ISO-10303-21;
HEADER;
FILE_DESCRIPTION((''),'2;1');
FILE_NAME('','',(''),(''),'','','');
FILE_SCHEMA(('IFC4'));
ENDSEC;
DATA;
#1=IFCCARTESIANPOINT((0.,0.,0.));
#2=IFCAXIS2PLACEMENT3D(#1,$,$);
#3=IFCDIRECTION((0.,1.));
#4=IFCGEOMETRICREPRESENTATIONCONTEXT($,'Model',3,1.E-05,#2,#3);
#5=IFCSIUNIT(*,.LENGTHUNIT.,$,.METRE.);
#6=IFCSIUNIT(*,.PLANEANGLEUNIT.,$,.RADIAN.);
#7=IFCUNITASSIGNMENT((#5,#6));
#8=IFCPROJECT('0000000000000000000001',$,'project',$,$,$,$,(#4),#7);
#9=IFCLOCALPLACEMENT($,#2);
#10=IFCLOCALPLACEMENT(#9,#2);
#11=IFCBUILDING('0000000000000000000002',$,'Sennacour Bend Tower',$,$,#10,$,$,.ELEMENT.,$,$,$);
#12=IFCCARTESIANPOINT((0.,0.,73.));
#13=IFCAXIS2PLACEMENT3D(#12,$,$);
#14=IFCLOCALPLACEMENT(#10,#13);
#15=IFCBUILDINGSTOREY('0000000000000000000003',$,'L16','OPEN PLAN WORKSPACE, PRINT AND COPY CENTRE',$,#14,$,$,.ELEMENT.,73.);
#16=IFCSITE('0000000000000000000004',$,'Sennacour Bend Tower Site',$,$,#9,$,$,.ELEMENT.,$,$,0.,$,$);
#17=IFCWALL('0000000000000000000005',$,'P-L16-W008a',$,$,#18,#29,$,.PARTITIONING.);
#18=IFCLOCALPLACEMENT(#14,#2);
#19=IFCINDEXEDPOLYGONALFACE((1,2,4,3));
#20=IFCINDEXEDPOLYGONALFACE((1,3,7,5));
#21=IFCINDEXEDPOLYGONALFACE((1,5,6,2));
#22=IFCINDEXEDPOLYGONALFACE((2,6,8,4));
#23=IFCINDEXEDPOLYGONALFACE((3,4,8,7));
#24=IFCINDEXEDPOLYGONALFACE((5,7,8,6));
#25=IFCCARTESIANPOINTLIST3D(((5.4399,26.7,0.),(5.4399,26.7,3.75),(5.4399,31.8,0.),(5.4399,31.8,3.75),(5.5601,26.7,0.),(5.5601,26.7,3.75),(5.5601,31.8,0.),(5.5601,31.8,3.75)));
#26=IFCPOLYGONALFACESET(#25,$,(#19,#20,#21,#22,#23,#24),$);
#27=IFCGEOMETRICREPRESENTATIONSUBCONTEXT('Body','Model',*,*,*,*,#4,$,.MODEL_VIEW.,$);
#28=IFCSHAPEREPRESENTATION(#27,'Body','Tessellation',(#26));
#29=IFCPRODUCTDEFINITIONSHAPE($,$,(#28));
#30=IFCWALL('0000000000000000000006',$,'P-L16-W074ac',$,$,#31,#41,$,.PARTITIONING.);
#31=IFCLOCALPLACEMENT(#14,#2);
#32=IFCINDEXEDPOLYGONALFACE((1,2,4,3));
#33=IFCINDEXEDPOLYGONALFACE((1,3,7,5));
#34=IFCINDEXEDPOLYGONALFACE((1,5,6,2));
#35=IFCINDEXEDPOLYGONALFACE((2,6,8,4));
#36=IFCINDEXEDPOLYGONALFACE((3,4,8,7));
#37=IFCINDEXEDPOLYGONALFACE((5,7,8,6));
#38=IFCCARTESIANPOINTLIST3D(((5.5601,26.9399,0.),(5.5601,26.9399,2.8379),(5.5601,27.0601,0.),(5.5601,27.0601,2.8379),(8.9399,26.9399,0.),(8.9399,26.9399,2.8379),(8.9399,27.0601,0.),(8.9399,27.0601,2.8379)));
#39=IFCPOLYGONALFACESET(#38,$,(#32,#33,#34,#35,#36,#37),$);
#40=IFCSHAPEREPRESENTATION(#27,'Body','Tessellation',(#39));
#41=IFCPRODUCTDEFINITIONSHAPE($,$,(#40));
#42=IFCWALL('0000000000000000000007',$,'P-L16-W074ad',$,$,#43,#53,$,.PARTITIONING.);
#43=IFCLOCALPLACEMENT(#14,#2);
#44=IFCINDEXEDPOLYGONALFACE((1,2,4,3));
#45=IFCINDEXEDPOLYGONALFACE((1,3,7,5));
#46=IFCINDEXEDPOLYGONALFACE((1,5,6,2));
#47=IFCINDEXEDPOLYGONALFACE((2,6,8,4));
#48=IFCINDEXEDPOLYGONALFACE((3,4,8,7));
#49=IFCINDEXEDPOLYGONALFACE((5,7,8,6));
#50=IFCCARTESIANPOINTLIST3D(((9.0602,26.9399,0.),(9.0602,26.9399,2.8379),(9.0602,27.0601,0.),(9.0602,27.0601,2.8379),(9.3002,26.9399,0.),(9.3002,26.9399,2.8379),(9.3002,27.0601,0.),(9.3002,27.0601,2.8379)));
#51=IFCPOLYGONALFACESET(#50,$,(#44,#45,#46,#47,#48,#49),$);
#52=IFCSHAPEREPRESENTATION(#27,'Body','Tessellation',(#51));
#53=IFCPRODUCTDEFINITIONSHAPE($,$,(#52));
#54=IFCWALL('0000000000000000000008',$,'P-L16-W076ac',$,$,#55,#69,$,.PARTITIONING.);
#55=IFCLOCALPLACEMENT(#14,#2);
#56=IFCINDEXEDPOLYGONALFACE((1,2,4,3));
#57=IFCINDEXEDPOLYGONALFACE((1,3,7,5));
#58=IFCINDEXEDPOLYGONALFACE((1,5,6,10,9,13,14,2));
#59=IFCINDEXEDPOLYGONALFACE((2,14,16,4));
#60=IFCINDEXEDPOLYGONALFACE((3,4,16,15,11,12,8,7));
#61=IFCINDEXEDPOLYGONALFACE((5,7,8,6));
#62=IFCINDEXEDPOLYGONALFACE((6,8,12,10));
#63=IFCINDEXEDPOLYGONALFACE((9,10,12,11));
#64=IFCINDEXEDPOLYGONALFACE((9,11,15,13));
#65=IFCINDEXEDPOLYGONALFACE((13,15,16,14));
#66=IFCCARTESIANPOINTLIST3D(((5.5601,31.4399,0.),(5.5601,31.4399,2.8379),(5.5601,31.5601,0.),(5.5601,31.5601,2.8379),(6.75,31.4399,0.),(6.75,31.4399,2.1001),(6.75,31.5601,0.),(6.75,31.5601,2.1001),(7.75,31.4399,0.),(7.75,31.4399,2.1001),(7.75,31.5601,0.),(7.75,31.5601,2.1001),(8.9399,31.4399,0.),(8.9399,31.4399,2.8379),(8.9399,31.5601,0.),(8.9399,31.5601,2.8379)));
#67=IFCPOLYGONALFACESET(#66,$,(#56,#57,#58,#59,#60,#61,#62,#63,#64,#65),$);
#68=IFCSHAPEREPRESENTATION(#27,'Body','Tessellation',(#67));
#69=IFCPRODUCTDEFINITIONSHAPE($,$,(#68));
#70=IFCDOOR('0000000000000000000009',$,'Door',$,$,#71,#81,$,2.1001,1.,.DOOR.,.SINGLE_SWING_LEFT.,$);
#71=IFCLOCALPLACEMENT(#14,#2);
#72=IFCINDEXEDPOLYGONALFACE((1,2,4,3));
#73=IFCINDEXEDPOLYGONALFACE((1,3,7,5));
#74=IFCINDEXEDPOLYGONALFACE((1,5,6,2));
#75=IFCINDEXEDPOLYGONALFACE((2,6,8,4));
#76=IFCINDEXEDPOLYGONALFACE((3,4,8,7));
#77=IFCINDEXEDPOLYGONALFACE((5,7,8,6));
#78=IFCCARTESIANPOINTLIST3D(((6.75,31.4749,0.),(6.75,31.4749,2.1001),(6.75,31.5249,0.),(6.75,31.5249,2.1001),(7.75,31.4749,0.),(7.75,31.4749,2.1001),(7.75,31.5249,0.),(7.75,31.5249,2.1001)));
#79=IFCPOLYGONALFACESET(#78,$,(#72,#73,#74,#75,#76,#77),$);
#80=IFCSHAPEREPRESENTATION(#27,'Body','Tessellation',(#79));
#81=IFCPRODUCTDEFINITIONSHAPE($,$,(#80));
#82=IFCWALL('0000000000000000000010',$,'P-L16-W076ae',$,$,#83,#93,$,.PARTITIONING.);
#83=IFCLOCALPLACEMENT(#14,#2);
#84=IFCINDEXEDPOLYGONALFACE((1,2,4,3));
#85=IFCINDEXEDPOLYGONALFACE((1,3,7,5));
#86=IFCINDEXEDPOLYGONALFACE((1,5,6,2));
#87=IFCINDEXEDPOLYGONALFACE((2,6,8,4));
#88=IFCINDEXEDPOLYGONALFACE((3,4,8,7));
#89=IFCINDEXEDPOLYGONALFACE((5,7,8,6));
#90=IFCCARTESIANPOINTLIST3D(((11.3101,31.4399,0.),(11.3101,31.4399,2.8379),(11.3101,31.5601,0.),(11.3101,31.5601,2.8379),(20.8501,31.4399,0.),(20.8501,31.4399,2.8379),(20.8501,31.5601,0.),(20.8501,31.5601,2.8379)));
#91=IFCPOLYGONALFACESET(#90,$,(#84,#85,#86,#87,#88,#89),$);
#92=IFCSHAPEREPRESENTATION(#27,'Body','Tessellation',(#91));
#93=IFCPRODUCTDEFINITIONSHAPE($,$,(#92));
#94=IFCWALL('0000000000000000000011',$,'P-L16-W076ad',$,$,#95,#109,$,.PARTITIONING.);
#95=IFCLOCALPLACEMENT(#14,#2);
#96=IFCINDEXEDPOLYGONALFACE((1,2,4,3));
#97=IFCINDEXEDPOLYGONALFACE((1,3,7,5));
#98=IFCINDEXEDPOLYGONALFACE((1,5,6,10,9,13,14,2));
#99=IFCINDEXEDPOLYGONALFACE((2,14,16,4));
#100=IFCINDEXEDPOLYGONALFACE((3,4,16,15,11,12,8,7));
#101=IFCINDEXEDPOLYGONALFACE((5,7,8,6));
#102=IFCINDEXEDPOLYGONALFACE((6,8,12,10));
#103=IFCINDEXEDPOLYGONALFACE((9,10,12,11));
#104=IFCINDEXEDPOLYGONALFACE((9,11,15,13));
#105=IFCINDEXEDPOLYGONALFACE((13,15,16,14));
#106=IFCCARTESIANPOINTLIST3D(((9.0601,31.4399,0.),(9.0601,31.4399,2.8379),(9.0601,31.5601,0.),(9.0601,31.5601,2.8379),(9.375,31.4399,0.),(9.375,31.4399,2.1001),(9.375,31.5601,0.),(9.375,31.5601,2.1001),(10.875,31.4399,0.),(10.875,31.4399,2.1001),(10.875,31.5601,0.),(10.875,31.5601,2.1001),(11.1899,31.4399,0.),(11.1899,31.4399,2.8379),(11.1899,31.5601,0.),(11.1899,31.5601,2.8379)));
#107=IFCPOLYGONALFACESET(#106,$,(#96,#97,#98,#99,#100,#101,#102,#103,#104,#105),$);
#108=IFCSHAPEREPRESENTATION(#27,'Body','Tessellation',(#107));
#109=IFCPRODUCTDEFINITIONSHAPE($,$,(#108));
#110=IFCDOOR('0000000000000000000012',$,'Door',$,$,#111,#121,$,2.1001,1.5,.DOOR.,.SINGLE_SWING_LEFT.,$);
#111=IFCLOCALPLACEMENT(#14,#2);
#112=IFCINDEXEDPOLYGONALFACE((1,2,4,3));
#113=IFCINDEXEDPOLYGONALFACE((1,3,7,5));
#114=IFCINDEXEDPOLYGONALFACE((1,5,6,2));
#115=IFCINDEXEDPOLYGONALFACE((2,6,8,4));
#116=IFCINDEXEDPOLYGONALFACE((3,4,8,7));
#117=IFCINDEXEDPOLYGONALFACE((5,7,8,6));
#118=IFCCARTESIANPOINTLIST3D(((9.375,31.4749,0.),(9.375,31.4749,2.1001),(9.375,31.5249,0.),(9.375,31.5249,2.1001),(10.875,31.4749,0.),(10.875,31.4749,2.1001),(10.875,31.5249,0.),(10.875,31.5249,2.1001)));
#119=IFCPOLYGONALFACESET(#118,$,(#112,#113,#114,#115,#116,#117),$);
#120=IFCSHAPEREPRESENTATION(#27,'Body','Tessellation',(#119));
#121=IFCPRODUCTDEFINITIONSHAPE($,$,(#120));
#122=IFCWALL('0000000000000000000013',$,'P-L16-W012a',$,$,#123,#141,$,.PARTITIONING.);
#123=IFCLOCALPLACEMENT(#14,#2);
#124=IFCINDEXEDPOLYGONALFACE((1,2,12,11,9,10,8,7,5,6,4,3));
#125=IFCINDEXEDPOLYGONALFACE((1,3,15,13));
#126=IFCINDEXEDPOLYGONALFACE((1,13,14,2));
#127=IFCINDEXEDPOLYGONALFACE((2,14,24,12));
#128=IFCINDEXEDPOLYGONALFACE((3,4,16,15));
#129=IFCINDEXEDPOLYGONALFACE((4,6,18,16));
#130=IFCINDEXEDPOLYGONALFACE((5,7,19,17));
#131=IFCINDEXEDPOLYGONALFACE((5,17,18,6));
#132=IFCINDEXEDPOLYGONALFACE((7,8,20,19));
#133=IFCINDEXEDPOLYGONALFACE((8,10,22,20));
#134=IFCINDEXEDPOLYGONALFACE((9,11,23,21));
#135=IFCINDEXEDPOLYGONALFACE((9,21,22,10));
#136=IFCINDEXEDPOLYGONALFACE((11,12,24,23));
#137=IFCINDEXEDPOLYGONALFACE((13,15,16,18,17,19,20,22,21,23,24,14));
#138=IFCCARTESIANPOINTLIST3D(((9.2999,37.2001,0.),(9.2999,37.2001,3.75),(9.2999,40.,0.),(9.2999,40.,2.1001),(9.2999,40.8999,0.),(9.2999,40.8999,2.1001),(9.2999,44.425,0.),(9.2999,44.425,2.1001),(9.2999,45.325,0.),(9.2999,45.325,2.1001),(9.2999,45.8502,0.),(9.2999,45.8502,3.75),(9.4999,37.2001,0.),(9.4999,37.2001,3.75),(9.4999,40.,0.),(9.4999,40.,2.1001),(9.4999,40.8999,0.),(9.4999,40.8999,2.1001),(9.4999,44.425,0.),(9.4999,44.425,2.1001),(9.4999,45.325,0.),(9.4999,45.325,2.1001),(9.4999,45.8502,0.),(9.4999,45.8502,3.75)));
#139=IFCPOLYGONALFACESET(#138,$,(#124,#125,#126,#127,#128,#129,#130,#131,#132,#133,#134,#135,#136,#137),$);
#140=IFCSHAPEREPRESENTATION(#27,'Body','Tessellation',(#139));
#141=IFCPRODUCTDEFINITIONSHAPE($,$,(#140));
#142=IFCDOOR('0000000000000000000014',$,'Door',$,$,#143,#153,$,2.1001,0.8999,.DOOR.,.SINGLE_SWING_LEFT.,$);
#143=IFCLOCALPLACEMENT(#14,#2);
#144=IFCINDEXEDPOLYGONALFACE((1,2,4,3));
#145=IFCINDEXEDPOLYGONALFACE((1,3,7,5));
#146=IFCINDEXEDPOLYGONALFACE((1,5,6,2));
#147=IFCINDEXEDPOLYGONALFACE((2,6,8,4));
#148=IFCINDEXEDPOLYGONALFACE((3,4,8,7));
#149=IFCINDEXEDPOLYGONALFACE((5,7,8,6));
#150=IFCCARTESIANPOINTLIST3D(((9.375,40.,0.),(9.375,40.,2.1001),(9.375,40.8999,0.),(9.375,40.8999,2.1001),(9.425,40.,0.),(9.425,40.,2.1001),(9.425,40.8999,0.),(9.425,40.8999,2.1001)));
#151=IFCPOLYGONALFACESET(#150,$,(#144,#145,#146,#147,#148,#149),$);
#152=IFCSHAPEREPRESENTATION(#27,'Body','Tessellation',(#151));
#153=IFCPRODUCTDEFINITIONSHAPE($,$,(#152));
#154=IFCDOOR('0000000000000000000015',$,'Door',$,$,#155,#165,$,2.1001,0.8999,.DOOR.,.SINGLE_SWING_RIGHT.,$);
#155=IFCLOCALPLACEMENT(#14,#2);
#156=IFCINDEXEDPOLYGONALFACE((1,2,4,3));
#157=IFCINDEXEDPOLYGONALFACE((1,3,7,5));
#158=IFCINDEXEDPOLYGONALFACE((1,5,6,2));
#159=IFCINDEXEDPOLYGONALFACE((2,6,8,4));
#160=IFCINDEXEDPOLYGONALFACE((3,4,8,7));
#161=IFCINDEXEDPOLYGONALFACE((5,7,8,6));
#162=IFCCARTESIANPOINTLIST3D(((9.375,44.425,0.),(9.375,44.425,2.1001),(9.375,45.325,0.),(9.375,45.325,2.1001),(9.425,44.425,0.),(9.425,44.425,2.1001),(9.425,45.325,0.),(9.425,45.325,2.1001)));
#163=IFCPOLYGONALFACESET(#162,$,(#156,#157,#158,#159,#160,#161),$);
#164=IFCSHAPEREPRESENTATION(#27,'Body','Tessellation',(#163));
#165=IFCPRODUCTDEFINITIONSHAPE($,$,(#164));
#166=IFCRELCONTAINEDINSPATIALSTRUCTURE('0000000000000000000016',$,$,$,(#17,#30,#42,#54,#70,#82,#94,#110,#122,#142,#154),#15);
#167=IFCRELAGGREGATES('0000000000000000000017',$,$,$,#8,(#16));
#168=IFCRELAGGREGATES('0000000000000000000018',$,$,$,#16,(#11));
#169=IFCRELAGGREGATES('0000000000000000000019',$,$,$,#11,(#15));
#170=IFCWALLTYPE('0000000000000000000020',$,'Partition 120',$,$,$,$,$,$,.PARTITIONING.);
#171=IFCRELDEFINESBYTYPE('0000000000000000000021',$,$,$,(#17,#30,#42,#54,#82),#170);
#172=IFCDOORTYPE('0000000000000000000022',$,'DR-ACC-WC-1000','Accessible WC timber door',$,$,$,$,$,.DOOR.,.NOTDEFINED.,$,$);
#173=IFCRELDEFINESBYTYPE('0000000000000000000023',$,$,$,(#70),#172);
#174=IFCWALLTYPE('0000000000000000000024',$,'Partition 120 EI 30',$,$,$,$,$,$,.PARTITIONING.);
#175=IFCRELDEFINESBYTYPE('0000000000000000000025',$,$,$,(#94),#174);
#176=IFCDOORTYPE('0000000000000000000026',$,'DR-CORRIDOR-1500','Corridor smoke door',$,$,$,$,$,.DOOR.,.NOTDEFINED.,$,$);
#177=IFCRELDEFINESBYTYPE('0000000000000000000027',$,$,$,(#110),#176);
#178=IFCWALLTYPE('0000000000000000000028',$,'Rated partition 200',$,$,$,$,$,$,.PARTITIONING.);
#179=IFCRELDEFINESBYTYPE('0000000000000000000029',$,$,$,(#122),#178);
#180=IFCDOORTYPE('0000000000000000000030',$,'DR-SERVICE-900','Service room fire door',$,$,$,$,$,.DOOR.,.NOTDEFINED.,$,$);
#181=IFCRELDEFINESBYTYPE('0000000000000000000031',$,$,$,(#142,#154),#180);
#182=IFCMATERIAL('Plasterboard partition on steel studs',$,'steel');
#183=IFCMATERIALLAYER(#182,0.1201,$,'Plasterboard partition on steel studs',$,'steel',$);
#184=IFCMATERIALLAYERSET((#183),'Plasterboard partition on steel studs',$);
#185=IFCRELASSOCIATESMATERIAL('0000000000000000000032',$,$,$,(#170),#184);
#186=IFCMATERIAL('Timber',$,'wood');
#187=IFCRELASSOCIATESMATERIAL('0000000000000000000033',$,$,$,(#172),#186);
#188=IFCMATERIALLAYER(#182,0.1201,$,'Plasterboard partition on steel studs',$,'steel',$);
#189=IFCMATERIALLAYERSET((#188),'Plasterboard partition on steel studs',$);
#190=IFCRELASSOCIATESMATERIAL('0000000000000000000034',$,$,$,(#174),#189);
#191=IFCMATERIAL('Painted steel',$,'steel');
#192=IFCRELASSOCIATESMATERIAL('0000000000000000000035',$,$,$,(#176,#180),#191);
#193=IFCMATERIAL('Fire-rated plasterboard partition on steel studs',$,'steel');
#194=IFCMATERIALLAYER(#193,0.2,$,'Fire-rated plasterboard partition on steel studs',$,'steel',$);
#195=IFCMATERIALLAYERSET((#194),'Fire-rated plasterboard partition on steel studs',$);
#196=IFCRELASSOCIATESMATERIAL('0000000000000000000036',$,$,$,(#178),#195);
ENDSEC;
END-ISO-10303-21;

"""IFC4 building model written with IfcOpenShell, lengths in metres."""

from ifc_helpers import new_model, si_unit, direction, frame, frame_2d, origin, place, context, subcontext, project, spatial, rectangle, extrude, material, layer, layer_set, type_object, element, fill, save


model = new_model("IFC4")

# Units and contexts
model_context = context("Model", 3, precision=1e-05, world=origin(), true_north=direction((0.0, 1.0)))
body_context = subcontext(model_context, "Body", "Model", "MODEL_VIEW")
ifc_project = project(units=[si_unit("LENGTHUNIT", "METRE"), si_unit("PLANEANGLEUNIT", "RADIAN")], contexts=[model_context])

# Site, building, storey
site_placement = place(None, origin())
site = spatial("IfcSite", under=ifc_project, at=site_placement, Name="Sennacour Bend Tower Site", CompositionType="ELEMENT", RefElevation=0.0)
building_placement = place(site_placement, origin())
building = spatial("IfcBuilding", under=site, at=building_placement, Name="Sennacour Bend Tower", CompositionType="ELEMENT")
storey_placement = place(building_placement, frame((0.0, 0.0, 73.0)))
storey = spatial("IfcBuildingStorey", under=building, at=storey_placement, Name="L16", Description="OPEN PLAN WORKSPACE, PRINT AND COPY CENTRE", CompositionType="ELEMENT", Elevation=73.0)

# Walls
ifc_material_1 = material(Name="Plasterboard partition on steel studs", Category="steel")
ifc_layer_1 = layer(ifc_material_1, 0.1201, Name="Plasterboard partition on steel studs", Category="steel")
ifc_layer_set_1 = layer_set([ifc_layer_1], Name="Plasterboard partition on steel studs")
wall_type_1 = type_object("IfcWallType", Name="Partition 120", PredefinedType="PARTITIONING", material=ifc_layer_set_1)
wall_1_placement = place(storey_placement, frame((5.5, 26.7, 0.0), z_axis=(0.0, 0.0, 1.0), x_axis=(0.0, 1.0, 0.0)))
element("IfcWall", 1, at=wall_1_placement, inside=storey, type_object=wall_type_1, Name="P-L16-W008a", PredefinedType="PARTITIONING", context=body_context, shape_type="SweptSolid", body=[
    extrude(rectangle(XDim=5.1001, YDim=0.1201, at=frame_2d((2.55, 0.0))), origin(), (0.0, 0.0, 1.0), 3.75),
])
wall_2_placement = place(storey_placement, frame((5.5601, 27.0, 0.0), z_axis=(0.0, 0.0, 1.0), x_axis=(1.0, 0.0, 0.0)))
element("IfcWall", 2, at=wall_2_placement, inside=storey, type_object=wall_type_1, Name="P-L16-W074ac", PredefinedType="PARTITIONING", context=body_context, shape_type="SweptSolid", body=[
    extrude(rectangle(XDim=3.3799, YDim=0.1201, at=frame_2d((1.6899, 0.0))), origin(), (0.0, 0.0, 1.0), 2.8379),
])
wall_3_placement = place(storey_placement, frame((9.0601, 27.0, 0.0), z_axis=(0.0, 0.0, 1.0), x_axis=(1.0, 0.0, 0.0)))
element("IfcWall", 3, at=wall_3_placement, inside=storey, type_object=wall_type_1, Name="P-L16-W074ad", PredefinedType="PARTITIONING", context=body_context, shape_type="SweptSolid", body=[
    extrude(rectangle(XDim=0.24, YDim=0.1201, at=frame_2d((0.1201, 0.0))), origin(), (0.0, 0.0, 1.0), 2.8379),
])

# Wall, opening, door
wall_4_placement = place(storey_placement, frame((5.5601, 31.5, 0.0), z_axis=(0.0, 0.0, 1.0), x_axis=(1.0, 0.0, 0.0)))
wall_4 = element("IfcWall", 4, at=wall_4_placement, inside=storey, type_object=wall_type_1, Name="P-L16-W076ac", PredefinedType="PARTITIONING", context=body_context, shape_type="SweptSolid", body=[
    extrude(rectangle(XDim=3.3799, YDim=0.1201, at=frame_2d((1.6899, 0.0))), origin(), (0.0, 0.0, 1.0), 2.8379),
])
opening_1_placement = place(wall_4_placement, frame((1.1899, 0.0, 0.0)))
opening_1 = element("IfcOpeningElement", 5, at=opening_1_placement, cuts=wall_4, PredefinedType="OPENING", context=body_context, shape_type="SweptSolid", body=[
    extrude(rectangle(XDim=1.0, YDim=2.1001, at=frame_2d((0.5, 1.05))), frame((0.0, 0.0701, 0.0), z_axis=(0.0, -1.0, 0.0), x_axis=(1.0, 0.0, 0.0)), (0.0, 0.0, 1.0), 0.1401),
])
ifc_material_2 = material(Name="Timber", Category="wood")
door_type_1 = type_object("IfcDoorType", Name="DR-ACC-WC-1000", Description="Accessible WC timber door", OperationType="NOTDEFINED", PredefinedType="DOOR", material=ifc_material_2)
door_1_placement = place(opening_1_placement, origin())
door_1 = element("IfcDoor", 6, at=door_1_placement, inside=storey, type_object=door_type_1, Name="Door", OperationType="SINGLE_SWING_LEFT", OverallHeight=2.1001, OverallWidth=1.0, PredefinedType="DOOR", context=body_context, shape_type="SweptSolid", body=[
    extrude(rectangle(XDim=1.0, YDim=2.1001, at=frame_2d((0.5, 1.05))), frame((0.0, 0.0249, 0.0), z_axis=(0.0, -1.0, 0.0), x_axis=(1.0, 0.0, 0.0)), (0.0, 0.0, 1.0), 0.05),
])
fill(opening_1, door_1)

# Wall
wall_5_placement = place(storey_placement, frame((11.3101, 31.5, 0.0), z_axis=(0.0, 0.0, 1.0), x_axis=(1.0, 0.0, 0.0)))
element("IfcWall", 7, at=wall_5_placement, inside=storey, type_object=wall_type_1, Name="P-L16-W076ae", PredefinedType="PARTITIONING", context=body_context, shape_type="SweptSolid", body=[
    extrude(rectangle(XDim=9.54, YDim=0.1201, at=frame_2d((4.77, 0.0))), origin(), (0.0, 0.0, 1.0), 2.8379),
])

# Wall, opening, door
ifc_layer_2 = layer(ifc_material_1, 0.1201, Name="Plasterboard partition on steel studs", Category="steel")
ifc_layer_set_2 = layer_set([ifc_layer_2], Name="Plasterboard partition on steel studs")
wall_type_2 = type_object("IfcWallType", Name="Partition 120 EI 30", PredefinedType="PARTITIONING", material=ifc_layer_set_2)
wall_6_placement = place(storey_placement, frame((9.0601, 31.5, 0.0), z_axis=(0.0, 0.0, 1.0), x_axis=(1.0, 0.0, 0.0)))
wall_6 = element("IfcWall", 8, at=wall_6_placement, inside=storey, type_object=wall_type_2, Name="P-L16-W076ad", PredefinedType="PARTITIONING", context=body_context, shape_type="SweptSolid", body=[
    extrude(rectangle(XDim=2.1299, YDim=0.1201, at=frame_2d((1.0649, 0.0))), origin(), (0.0, 0.0, 1.0), 2.8379),
])
opening_2_placement = place(wall_6_placement, frame((0.3149, 0.0, 0.0)))
opening_2 = element("IfcOpeningElement", 9, at=opening_2_placement, cuts=wall_6, PredefinedType="OPENING", context=body_context, shape_type="SweptSolid", body=[
    extrude(rectangle(XDim=1.5, YDim=2.1001, at=frame_2d((0.75, 1.05))), frame((0.0, 0.0701, 0.0), z_axis=(0.0, -1.0, 0.0), x_axis=(1.0, 0.0, 0.0)), (0.0, 0.0, 1.0), 0.1401),
])
ifc_material_3 = material(Name="Painted steel", Category="steel")
door_type_2 = type_object("IfcDoorType", Name="DR-CORRIDOR-1500", Description="Corridor smoke door", OperationType="NOTDEFINED", PredefinedType="DOOR", material=ifc_material_3)
door_2_placement = place(opening_2_placement, origin())
door_2 = element("IfcDoor", 10, at=door_2_placement, inside=storey, type_object=door_type_2, Name="Door", OperationType="SINGLE_SWING_LEFT", OverallHeight=2.1001, OverallWidth=1.5, PredefinedType="DOOR", context=body_context, shape_type="SweptSolid", body=[
    extrude(rectangle(XDim=1.5, YDim=2.1001, at=frame_2d((0.75, 1.05))), frame((0.0, 0.0249, 0.0), z_axis=(0.0, -1.0, 0.0), x_axis=(1.0, 0.0, 0.0)), (0.0, 0.0, 1.0), 0.05),
])
fill(opening_2, door_2)

# Wall, openings, doors
ifc_material_4 = material(Name="Fire-rated plasterboard partition on steel studs", Category="steel")
ifc_layer_3 = layer(ifc_material_4, 0.2, Name="Fire-rated plasterboard partition on steel studs", Category="steel")
ifc_layer_set_3 = layer_set([ifc_layer_3], Name="Fire-rated plasterboard partition on steel studs")
wall_type_3 = type_object("IfcWallType", Name="Rated partition 200", PredefinedType="PARTITIONING", material=ifc_layer_set_3)
wall_7_placement = place(storey_placement, frame((9.3999, 37.2, 0.0), z_axis=(0.0, 0.0, 1.0), x_axis=(0.0, 1.0, 0.0)))
wall_7 = element("IfcWall", 11, at=wall_7_placement, inside=storey, type_object=wall_type_3, Name="P-L16-W012a", PredefinedType="PARTITIONING", context=body_context, shape_type="SweptSolid", body=[
    extrude(rectangle(XDim=8.6501, YDim=0.2, at=frame_2d((4.3252, 0.0))), origin(), (0.0, 0.0, 1.0), 3.75),
])
opening_3_placement = place(wall_7_placement, frame((2.8, 0.0, 0.0)))
opening_3 = element("IfcOpeningElement", 12, at=opening_3_placement, cuts=wall_7, PredefinedType="OPENING", context=body_context, shape_type="SweptSolid", body=[
    extrude(rectangle(XDim=0.8999, YDim=2.1001, at=frame_2d((0.45, 1.05))), frame((0.0, 0.1099, 0.0), z_axis=(0.0, -1.0, 0.0), x_axis=(1.0, 0.0, 0.0)), (0.0, 0.0, 1.0), 0.22),
])
opening_4_placement = place(wall_7_placement, frame((7.2251, 0.0, 0.0)))
opening_4 = element("IfcOpeningElement", 13, at=opening_4_placement, cuts=wall_7, PredefinedType="OPENING", context=body_context, shape_type="SweptSolid", body=[
    extrude(rectangle(XDim=0.8999, YDim=2.1001, at=frame_2d((0.45, 1.05))), frame((0.0, 0.1099, 0.0), z_axis=(0.0, -1.0, 0.0), x_axis=(1.0, 0.0, 0.0)), (0.0, 0.0, 1.0), 0.22),
])
door_type_3 = type_object("IfcDoorType", Name="DR-SERVICE-900", Description="Service room fire door", OperationType="NOTDEFINED", PredefinedType="DOOR", material=ifc_material_3)
door_3_placement = place(opening_3_placement, origin())
door_3 = element("IfcDoor", 14, at=door_3_placement, inside=storey, type_object=door_type_3, Name="Door", OperationType="SINGLE_SWING_LEFT", OverallHeight=2.1001, OverallWidth=0.8999, PredefinedType="DOOR", context=body_context, shape_type="SweptSolid", body=[
    extrude(rectangle(XDim=0.8999, YDim=2.1001, at=frame_2d((0.45, 1.05))), frame((0.0, 0.0249, 0.0), z_axis=(0.0, -1.0, 0.0), x_axis=(1.0, 0.0, 0.0)), (0.0, 0.0, 1.0), 0.05),
])
fill(opening_3, door_3)
door_4_placement = place(opening_4_placement, origin())
door_4 = element("IfcDoor", 15, at=door_4_placement, inside=storey, type_object=door_type_3, Name="Door", OperationType="SINGLE_SWING_RIGHT", OverallHeight=2.1001, OverallWidth=0.8999, PredefinedType="DOOR", context=body_context, shape_type="SweptSolid", body=[
    extrude(rectangle(XDim=0.8999, YDim=2.1001, at=frame_2d((0.45, 1.05))), frame((0.0, 0.0249, 0.0), z_axis=(0.0, -1.0, 0.0), x_axis=(1.0, 0.0, 0.0)), (0.0, 0.0, 1.0), 0.05),
])
fill(opening_4, door_4)

save(model, "model.ifc")
